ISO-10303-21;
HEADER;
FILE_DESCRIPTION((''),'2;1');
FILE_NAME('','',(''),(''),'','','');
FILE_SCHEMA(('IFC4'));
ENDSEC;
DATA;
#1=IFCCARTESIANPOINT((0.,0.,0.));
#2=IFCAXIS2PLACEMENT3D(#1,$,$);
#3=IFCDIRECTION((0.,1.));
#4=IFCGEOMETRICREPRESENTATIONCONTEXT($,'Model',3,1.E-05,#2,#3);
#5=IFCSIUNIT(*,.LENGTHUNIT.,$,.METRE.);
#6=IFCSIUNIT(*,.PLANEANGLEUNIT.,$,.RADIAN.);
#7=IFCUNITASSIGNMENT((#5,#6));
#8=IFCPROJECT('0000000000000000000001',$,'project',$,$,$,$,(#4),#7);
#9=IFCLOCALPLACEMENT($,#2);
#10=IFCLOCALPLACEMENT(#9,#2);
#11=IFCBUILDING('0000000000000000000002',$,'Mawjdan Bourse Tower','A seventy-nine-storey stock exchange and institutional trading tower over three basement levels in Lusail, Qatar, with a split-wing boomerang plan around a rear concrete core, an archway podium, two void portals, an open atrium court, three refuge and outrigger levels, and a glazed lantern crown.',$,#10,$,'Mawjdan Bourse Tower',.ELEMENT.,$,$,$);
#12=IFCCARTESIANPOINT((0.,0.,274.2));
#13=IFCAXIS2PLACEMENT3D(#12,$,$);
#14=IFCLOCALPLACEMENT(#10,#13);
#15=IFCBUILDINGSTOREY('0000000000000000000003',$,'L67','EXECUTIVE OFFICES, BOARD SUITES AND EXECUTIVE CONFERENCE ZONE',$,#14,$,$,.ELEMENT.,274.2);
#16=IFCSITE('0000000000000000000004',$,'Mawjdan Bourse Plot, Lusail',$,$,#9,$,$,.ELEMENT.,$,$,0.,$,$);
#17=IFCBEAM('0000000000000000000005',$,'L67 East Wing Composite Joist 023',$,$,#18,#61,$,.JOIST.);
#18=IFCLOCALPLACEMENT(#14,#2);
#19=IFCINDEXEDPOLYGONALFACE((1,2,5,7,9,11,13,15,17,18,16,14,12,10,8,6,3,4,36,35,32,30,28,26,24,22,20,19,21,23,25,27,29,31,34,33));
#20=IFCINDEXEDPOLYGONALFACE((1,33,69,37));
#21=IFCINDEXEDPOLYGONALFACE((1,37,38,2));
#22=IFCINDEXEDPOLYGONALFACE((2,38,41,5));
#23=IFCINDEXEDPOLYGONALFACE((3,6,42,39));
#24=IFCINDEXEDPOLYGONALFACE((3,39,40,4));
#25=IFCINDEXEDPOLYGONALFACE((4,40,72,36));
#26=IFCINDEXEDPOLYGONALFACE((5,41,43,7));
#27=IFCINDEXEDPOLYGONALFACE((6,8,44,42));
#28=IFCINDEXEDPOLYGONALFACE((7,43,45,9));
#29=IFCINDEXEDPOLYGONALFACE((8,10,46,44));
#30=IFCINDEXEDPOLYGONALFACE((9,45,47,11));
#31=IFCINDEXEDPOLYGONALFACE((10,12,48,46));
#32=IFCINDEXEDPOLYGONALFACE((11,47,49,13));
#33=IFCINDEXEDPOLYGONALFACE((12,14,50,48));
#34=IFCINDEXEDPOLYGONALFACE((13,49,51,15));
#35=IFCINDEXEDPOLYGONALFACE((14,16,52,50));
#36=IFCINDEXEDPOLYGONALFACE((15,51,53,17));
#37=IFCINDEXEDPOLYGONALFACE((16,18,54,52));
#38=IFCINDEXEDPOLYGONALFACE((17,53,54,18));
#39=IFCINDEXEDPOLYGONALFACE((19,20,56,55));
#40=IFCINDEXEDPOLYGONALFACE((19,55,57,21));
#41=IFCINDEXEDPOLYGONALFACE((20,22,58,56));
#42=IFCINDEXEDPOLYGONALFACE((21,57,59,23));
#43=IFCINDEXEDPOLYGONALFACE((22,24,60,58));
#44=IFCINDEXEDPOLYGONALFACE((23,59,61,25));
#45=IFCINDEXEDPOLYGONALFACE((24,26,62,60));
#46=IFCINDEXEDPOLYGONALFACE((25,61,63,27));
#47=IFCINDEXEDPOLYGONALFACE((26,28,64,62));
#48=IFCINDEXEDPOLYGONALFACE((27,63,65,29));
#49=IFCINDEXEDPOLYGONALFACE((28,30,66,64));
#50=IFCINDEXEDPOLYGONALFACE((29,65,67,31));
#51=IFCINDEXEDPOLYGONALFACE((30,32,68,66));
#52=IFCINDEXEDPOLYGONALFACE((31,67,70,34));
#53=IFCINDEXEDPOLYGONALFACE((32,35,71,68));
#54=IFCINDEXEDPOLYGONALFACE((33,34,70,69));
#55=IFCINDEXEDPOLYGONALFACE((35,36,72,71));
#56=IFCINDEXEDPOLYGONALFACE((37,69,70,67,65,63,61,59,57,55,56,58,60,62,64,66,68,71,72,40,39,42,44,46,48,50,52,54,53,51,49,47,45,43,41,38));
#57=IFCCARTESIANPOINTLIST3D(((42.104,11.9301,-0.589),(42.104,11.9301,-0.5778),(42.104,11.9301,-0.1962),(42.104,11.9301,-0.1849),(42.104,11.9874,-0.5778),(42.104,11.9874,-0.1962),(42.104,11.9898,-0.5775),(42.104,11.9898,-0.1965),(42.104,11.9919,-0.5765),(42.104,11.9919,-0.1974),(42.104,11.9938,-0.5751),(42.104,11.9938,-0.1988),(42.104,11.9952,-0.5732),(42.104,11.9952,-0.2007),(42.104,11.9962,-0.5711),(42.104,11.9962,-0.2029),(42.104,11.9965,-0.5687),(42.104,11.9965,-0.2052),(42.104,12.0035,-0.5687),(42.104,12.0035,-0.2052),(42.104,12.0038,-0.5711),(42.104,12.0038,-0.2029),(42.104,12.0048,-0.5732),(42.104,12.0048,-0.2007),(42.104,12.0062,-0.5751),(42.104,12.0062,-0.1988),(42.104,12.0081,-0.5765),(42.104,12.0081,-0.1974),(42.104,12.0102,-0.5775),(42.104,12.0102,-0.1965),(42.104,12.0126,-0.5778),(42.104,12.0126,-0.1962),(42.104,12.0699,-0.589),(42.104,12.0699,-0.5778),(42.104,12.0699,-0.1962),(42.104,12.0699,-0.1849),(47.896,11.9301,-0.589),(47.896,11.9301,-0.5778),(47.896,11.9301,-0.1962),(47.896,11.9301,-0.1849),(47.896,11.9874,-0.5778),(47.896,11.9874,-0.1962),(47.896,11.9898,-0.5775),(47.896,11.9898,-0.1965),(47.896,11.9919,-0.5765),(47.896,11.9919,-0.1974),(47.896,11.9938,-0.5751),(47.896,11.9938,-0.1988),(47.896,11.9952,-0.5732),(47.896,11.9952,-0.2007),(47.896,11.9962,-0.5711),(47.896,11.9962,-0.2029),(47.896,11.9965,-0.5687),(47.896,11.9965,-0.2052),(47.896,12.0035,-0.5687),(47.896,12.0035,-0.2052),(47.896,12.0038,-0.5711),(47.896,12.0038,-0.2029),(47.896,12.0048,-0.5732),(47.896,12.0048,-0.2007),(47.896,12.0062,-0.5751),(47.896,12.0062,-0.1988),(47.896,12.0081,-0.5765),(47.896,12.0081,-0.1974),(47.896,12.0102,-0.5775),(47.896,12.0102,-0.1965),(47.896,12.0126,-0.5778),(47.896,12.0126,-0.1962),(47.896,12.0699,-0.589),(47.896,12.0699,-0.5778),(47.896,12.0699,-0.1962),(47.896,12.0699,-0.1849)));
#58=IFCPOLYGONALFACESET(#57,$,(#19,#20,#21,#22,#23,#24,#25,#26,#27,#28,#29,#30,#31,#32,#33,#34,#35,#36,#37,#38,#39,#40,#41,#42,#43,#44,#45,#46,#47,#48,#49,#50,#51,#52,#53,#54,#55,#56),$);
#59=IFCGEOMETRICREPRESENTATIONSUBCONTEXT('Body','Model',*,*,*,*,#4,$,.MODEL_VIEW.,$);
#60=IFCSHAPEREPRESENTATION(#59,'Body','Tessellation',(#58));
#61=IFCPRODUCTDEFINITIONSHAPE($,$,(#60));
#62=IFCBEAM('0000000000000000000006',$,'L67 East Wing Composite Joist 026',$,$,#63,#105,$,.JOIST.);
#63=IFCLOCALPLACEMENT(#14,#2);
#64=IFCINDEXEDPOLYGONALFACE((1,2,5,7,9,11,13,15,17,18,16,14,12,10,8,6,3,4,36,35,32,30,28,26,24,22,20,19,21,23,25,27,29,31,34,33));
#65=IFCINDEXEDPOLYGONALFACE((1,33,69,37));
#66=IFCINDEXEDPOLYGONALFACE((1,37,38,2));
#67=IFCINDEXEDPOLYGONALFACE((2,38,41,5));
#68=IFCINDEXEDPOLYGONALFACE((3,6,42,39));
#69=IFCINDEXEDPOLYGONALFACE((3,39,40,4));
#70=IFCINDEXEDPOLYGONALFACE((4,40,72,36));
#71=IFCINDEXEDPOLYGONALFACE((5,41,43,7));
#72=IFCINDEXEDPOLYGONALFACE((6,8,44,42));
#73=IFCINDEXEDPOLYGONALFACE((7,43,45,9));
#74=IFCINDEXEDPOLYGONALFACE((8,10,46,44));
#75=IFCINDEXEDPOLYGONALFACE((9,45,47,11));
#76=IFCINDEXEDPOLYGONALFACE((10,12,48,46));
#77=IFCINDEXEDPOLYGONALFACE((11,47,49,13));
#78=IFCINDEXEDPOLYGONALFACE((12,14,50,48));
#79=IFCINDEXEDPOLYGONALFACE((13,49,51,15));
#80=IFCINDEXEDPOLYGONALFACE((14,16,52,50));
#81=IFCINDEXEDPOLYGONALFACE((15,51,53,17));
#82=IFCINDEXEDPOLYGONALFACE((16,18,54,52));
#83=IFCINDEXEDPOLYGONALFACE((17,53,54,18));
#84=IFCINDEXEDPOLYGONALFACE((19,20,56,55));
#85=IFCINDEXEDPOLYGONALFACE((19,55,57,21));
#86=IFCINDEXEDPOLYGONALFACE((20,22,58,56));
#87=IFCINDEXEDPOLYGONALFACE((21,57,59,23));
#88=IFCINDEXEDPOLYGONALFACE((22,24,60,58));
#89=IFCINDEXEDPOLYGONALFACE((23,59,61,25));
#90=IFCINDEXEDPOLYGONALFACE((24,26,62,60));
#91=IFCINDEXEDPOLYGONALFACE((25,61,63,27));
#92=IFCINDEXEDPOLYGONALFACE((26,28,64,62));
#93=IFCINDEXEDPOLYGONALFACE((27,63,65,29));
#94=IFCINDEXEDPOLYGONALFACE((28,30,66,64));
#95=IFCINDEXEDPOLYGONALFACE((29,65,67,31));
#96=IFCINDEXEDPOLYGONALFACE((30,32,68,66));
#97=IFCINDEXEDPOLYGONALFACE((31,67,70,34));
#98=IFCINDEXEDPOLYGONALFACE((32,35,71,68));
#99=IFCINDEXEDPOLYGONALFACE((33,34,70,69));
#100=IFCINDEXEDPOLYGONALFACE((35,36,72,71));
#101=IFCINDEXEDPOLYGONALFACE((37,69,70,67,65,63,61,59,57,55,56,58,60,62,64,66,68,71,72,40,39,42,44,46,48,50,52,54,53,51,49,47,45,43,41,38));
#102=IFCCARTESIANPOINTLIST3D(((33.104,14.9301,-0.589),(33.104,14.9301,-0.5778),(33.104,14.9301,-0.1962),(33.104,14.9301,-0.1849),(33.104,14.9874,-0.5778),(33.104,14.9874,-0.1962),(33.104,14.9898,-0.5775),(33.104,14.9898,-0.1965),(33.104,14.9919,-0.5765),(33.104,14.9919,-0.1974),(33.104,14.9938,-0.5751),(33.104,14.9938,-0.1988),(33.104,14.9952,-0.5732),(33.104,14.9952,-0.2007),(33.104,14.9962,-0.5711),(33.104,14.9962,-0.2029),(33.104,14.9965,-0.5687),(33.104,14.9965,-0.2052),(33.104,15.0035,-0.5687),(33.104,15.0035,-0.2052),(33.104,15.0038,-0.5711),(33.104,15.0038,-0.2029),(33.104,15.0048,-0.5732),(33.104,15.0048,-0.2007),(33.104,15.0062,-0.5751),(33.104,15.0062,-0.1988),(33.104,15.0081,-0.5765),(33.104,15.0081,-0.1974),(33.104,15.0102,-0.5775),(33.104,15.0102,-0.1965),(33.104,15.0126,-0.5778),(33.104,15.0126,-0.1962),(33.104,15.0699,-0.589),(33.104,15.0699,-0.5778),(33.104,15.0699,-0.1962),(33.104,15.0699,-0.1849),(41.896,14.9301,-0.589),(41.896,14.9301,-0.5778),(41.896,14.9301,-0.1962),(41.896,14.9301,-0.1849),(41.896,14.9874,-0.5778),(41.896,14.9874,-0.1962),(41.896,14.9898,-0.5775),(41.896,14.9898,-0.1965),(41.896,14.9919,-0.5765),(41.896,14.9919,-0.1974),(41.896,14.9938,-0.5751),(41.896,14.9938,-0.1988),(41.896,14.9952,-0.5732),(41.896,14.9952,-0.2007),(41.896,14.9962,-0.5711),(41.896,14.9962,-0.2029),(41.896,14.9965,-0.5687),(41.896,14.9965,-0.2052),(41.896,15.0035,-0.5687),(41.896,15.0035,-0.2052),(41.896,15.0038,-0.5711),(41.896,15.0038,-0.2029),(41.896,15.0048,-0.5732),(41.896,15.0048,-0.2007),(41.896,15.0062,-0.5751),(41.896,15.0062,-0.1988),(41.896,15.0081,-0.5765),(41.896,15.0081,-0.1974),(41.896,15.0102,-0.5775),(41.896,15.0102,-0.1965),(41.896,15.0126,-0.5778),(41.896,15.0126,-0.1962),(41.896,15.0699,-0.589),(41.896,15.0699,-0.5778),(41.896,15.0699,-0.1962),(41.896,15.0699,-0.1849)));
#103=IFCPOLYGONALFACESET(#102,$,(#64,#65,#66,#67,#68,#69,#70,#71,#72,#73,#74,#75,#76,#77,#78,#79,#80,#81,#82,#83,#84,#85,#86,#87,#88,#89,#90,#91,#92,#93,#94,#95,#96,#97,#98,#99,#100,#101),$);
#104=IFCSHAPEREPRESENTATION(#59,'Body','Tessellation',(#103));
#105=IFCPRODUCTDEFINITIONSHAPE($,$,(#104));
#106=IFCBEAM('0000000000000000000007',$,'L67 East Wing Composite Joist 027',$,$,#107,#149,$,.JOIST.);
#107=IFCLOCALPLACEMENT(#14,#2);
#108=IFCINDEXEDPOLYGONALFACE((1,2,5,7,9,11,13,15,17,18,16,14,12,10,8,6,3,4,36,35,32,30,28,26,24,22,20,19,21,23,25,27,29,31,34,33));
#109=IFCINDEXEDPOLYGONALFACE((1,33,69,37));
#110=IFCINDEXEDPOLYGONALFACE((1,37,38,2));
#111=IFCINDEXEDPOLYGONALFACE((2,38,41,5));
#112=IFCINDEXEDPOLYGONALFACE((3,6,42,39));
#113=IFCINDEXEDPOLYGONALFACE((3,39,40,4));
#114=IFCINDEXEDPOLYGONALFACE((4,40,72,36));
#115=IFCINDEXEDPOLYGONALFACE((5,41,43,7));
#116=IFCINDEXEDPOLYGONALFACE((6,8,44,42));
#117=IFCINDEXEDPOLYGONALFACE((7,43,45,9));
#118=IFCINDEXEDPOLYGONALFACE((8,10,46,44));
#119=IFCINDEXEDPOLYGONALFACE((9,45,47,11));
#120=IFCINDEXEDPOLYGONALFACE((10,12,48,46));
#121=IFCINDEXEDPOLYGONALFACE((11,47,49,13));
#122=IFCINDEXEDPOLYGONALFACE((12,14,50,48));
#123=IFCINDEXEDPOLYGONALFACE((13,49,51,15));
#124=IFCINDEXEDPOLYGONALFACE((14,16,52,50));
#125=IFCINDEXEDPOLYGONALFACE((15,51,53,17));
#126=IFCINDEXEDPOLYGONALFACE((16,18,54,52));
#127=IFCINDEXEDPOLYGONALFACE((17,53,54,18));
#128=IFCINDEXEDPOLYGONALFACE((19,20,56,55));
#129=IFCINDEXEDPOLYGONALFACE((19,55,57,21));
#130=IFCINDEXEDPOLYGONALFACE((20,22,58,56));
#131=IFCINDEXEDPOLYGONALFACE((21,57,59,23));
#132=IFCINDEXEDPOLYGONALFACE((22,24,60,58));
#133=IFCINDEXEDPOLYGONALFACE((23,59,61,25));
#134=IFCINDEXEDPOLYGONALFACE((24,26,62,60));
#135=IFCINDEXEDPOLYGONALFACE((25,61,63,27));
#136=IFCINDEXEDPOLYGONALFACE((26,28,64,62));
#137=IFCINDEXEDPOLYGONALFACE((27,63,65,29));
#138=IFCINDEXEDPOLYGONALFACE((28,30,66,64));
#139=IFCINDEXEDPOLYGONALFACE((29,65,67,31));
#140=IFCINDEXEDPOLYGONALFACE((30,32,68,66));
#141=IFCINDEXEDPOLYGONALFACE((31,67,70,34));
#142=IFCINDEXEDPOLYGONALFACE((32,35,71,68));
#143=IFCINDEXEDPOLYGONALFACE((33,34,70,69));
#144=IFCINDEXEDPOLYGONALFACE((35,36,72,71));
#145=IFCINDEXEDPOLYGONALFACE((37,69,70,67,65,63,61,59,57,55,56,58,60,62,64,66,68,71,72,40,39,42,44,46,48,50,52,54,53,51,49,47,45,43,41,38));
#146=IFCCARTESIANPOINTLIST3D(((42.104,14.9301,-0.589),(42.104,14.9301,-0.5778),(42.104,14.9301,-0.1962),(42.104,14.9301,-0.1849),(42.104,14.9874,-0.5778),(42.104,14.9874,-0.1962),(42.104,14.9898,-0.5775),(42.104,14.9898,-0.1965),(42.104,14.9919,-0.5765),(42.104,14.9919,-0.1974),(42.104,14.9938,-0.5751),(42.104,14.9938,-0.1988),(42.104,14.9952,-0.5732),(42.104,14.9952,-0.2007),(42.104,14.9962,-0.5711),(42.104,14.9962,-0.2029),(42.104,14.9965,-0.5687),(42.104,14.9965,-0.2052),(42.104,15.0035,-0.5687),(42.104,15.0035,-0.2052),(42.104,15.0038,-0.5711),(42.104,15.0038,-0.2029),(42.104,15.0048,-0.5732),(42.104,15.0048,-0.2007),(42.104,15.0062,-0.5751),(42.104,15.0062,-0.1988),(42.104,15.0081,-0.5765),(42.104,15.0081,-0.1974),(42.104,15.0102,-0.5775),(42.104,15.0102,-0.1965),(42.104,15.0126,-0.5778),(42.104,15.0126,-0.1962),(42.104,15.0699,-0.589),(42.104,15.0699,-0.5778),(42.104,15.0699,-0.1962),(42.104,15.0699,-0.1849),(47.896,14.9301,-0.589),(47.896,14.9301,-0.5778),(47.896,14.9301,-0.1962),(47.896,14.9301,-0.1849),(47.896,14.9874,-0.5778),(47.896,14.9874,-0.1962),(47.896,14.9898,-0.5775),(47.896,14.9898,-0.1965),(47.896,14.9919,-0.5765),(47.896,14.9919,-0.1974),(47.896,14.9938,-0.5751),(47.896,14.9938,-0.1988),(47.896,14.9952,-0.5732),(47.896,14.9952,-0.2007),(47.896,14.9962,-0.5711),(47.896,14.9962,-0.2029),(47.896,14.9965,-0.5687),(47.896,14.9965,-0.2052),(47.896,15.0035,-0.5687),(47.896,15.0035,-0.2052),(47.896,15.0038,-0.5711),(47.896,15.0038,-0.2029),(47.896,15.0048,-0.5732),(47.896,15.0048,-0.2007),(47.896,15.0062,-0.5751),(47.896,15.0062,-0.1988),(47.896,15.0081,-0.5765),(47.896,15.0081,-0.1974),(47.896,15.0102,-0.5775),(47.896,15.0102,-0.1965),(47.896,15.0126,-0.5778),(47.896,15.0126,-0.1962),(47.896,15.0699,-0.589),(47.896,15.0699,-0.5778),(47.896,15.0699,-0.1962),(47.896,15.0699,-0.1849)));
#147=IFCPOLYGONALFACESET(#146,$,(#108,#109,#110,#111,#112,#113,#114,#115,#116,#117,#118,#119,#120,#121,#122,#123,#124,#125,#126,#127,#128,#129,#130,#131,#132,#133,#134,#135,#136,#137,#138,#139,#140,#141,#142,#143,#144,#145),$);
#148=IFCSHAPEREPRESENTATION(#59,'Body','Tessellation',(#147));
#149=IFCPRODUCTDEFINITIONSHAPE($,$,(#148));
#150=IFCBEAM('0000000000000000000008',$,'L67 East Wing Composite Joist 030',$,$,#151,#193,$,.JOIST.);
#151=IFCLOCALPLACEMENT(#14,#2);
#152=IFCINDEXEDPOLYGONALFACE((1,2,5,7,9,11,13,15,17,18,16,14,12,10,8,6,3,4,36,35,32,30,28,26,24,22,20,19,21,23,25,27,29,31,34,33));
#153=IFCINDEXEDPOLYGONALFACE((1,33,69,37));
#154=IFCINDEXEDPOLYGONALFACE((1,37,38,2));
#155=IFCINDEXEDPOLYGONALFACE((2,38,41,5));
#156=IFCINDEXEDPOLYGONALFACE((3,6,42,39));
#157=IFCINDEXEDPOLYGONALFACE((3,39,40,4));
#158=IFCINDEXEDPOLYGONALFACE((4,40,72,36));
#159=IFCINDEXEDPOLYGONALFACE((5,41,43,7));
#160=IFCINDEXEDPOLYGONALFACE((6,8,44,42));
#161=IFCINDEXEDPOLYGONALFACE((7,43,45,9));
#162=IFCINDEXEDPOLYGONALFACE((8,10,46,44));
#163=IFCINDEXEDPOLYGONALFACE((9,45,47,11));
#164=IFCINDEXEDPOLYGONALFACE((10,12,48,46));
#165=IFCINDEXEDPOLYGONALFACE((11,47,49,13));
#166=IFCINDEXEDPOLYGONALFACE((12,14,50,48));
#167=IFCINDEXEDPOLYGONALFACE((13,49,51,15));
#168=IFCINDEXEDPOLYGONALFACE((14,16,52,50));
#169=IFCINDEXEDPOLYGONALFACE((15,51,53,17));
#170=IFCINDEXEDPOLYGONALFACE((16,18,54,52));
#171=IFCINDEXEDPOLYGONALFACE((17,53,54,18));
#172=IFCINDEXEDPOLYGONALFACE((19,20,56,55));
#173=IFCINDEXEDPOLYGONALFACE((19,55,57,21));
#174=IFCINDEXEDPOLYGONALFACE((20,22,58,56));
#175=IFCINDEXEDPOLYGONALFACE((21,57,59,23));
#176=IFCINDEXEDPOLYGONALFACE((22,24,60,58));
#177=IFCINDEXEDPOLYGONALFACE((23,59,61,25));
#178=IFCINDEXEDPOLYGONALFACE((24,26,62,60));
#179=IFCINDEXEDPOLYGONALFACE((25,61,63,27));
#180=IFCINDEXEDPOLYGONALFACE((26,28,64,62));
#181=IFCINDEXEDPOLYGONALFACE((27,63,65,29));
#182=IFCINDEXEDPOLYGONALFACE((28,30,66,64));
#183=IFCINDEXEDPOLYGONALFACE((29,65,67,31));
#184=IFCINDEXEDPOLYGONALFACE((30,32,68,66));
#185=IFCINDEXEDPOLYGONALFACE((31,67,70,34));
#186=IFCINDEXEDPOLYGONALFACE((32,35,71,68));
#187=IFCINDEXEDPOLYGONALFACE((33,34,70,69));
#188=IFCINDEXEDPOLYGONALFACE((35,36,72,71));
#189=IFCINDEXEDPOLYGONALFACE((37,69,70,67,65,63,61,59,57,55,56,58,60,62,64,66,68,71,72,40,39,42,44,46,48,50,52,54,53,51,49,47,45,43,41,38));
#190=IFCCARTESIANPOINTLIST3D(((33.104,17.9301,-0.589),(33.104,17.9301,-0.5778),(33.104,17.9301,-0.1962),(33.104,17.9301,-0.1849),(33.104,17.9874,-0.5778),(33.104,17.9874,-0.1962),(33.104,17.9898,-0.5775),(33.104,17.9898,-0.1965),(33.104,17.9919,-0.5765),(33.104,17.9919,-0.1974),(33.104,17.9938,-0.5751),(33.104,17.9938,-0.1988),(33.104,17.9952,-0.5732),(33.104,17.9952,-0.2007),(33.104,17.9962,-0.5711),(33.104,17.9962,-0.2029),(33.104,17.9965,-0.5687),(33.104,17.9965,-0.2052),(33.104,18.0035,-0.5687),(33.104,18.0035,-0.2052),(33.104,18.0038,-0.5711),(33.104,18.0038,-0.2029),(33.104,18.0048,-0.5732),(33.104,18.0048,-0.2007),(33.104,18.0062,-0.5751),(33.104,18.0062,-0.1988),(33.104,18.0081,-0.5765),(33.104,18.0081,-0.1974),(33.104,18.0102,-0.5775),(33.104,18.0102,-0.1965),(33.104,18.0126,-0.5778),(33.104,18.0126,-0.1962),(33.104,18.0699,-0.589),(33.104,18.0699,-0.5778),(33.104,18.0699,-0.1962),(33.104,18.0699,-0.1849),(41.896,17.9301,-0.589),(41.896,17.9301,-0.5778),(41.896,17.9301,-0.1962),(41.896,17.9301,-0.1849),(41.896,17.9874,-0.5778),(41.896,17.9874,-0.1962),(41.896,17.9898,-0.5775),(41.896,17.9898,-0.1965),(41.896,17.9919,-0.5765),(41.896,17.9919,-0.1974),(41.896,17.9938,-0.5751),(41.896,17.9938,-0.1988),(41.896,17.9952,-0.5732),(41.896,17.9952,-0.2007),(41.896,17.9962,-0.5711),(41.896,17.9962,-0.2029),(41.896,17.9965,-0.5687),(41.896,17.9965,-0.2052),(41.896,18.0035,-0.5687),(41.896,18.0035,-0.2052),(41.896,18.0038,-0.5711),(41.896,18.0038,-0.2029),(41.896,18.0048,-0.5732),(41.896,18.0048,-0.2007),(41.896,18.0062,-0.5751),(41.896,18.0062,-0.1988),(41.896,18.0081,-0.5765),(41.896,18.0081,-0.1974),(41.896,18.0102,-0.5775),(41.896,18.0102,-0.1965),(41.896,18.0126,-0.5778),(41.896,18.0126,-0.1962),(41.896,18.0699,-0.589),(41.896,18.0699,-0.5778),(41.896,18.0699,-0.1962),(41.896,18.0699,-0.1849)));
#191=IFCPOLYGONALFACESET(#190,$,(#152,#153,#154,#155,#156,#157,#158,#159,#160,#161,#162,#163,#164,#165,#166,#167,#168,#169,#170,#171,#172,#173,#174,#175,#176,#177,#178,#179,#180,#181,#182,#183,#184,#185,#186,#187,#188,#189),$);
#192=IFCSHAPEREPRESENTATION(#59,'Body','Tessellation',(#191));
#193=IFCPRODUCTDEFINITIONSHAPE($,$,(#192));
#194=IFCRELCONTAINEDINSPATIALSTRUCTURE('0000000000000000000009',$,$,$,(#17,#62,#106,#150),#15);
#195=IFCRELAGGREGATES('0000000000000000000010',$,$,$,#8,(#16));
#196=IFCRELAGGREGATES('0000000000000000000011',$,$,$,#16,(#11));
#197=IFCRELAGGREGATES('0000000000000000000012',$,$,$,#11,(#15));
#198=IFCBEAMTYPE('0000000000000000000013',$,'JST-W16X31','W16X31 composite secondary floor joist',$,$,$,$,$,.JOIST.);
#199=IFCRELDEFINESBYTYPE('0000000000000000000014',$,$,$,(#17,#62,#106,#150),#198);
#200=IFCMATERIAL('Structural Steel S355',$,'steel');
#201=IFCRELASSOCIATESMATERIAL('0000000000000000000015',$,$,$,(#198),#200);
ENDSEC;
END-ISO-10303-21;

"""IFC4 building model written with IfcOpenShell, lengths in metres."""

from ifc_helpers import new_model, si_unit, direction, frame, origin, origin_2d, place, context, subcontext, project, spatial, i_section, extrude, material, material_profile, profile_set, type_object, element, save


model = new_model("IFC4")

# Units and contexts
model_context = context("Model", 3, precision=1e-05, world=origin(), true_north=direction((0.0, 1.0)))
body_context = subcontext(model_context, "Body", "Model", "MODEL_VIEW")
ifc_project = project(units=[si_unit("LENGTHUNIT", "METRE"), si_unit("PLANEANGLEUNIT", "RADIAN")], contexts=[model_context])

# Site, building, storey
site_placement = place(None, origin())
site = spatial("IfcSite", under=ifc_project, at=site_placement, Name="Mawjdan Bourse Plot, Lusail", CompositionType="ELEMENT", RefElevation=0.0)
building_placement = place(site_placement, origin())
building = spatial("IfcBuilding", under=site, at=building_placement, Name="Mawjdan Bourse Tower", Description="A seventy-nine-storey stock exchange and institutional trading tower over three basement levels in Lusail, Qatar, with a split-wing boomerang plan around a rear concrete core, an archway podium, two void portals, an open atrium court, three refuge and outrigger levels, and a glazed lantern crown.", LongName="Mawjdan Bourse Tower", CompositionType="ELEMENT")
storey_placement = place(building_placement, frame((0.0, 0.0, 274.2)))
storey = spatial("IfcBuildingStorey", under=building, at=storey_placement, Name="L67", Description="EXECUTIVE OFFICES, BOARD SUITES AND EXECUTIVE CONFERENCE ZONE", CompositionType="ELEMENT", Elevation=274.2)

# Beams
ifc_material_1 = material(Name="Structural Steel S355", Category="steel")
ifc_material_profile_1 = material_profile(ifc_material_1, i_section(OverallWidth=0.1399, OverallDepth=0.4041, WebThickness=0.0071, FlangeThickness=0.0112, FilletRadius=0.009, at=origin_2d()), Name="W16X31")
ifc_profile_set_1 = profile_set([ifc_material_profile_1], Name="Structural Steel S355")
beam_type_1 = type_object("IfcBeamType", Name="JST-W16X31", Description="W16X31 composite secondary floor joist", PredefinedType="JOIST", material=ifc_profile_set_1)
for number, where, z_axis, x_axis, name in (
    (1, (42.104, 12.0, -0.387), (1.0, 0.0, 0.0), (0.0, 1.0, 0.0), "L67 East Wing Composite Joist 023"),
):
    element("IfcBeam", number, at=place(storey_placement, frame(where, z_axis=z_axis, x_axis=x_axis)), inside=storey, type_object=beam_type_1, Name=name, PredefinedType="JOIST", context=body_context, shape_type="SweptSolid", body=[
        extrude(i_section(OverallWidth=0.1399, OverallDepth=0.4041, WebThickness=0.0071, FlangeThickness=0.0112, FilletRadius=0.009, at=origin_2d()), origin(), (0.0, 0.0, 1.0), 5.792),
    ])
beam_1_placement = place(storey_placement, frame((33.104, 15.0, -0.387), z_axis=(1.0, 0.0, 0.0), x_axis=(0.0, 1.0, 0.0)))
element("IfcBeam", 2, at=beam_1_placement, inside=storey, type_object=beam_type_1, Name="L67 East Wing Composite Joist 026", PredefinedType="JOIST", context=body_context, shape_type="SweptSolid", body=[
    extrude(i_section(OverallWidth=0.1399, OverallDepth=0.4041, WebThickness=0.0071, FlangeThickness=0.0112, FilletRadius=0.009, at=origin_2d()), origin(), (0.0, 0.0, 1.0), 8.792),
])
beam_2_placement = place(storey_placement, frame((42.104, 15.0, -0.387), z_axis=(1.0, 0.0, 0.0), x_axis=(0.0, 1.0, 0.0)))
element("IfcBeam", 3, at=beam_2_placement, inside=storey, type_object=beam_type_1, Name="L67 East Wing Composite Joist 027", PredefinedType="JOIST", context=body_context, shape_type="SweptSolid", body=[
    extrude(i_section(OverallWidth=0.1399, OverallDepth=0.4041, WebThickness=0.0071, FlangeThickness=0.0112, FilletRadius=0.009, at=origin_2d()), origin(), (0.0, 0.0, 1.0), 5.792),
])
beam_3_placement = place(storey_placement, frame((33.104, 18.0, -0.387), z_axis=(1.0, 0.0, 0.0), x_axis=(0.0, 1.0, 0.0)))
element("IfcBeam", 4, at=beam_3_placement, inside=storey, type_object=beam_type_1, Name="L67 East Wing Composite Joist 030", PredefinedType="JOIST", context=body_context, shape_type="SweptSolid", body=[
    extrude(i_section(OverallWidth=0.1399, OverallDepth=0.4041, WebThickness=0.0071, FlangeThickness=0.0112, FilletRadius=0.009, at=origin_2d()), origin(), (0.0, 0.0, 1.0), 8.792),
])

save(model, "model.ifc")
